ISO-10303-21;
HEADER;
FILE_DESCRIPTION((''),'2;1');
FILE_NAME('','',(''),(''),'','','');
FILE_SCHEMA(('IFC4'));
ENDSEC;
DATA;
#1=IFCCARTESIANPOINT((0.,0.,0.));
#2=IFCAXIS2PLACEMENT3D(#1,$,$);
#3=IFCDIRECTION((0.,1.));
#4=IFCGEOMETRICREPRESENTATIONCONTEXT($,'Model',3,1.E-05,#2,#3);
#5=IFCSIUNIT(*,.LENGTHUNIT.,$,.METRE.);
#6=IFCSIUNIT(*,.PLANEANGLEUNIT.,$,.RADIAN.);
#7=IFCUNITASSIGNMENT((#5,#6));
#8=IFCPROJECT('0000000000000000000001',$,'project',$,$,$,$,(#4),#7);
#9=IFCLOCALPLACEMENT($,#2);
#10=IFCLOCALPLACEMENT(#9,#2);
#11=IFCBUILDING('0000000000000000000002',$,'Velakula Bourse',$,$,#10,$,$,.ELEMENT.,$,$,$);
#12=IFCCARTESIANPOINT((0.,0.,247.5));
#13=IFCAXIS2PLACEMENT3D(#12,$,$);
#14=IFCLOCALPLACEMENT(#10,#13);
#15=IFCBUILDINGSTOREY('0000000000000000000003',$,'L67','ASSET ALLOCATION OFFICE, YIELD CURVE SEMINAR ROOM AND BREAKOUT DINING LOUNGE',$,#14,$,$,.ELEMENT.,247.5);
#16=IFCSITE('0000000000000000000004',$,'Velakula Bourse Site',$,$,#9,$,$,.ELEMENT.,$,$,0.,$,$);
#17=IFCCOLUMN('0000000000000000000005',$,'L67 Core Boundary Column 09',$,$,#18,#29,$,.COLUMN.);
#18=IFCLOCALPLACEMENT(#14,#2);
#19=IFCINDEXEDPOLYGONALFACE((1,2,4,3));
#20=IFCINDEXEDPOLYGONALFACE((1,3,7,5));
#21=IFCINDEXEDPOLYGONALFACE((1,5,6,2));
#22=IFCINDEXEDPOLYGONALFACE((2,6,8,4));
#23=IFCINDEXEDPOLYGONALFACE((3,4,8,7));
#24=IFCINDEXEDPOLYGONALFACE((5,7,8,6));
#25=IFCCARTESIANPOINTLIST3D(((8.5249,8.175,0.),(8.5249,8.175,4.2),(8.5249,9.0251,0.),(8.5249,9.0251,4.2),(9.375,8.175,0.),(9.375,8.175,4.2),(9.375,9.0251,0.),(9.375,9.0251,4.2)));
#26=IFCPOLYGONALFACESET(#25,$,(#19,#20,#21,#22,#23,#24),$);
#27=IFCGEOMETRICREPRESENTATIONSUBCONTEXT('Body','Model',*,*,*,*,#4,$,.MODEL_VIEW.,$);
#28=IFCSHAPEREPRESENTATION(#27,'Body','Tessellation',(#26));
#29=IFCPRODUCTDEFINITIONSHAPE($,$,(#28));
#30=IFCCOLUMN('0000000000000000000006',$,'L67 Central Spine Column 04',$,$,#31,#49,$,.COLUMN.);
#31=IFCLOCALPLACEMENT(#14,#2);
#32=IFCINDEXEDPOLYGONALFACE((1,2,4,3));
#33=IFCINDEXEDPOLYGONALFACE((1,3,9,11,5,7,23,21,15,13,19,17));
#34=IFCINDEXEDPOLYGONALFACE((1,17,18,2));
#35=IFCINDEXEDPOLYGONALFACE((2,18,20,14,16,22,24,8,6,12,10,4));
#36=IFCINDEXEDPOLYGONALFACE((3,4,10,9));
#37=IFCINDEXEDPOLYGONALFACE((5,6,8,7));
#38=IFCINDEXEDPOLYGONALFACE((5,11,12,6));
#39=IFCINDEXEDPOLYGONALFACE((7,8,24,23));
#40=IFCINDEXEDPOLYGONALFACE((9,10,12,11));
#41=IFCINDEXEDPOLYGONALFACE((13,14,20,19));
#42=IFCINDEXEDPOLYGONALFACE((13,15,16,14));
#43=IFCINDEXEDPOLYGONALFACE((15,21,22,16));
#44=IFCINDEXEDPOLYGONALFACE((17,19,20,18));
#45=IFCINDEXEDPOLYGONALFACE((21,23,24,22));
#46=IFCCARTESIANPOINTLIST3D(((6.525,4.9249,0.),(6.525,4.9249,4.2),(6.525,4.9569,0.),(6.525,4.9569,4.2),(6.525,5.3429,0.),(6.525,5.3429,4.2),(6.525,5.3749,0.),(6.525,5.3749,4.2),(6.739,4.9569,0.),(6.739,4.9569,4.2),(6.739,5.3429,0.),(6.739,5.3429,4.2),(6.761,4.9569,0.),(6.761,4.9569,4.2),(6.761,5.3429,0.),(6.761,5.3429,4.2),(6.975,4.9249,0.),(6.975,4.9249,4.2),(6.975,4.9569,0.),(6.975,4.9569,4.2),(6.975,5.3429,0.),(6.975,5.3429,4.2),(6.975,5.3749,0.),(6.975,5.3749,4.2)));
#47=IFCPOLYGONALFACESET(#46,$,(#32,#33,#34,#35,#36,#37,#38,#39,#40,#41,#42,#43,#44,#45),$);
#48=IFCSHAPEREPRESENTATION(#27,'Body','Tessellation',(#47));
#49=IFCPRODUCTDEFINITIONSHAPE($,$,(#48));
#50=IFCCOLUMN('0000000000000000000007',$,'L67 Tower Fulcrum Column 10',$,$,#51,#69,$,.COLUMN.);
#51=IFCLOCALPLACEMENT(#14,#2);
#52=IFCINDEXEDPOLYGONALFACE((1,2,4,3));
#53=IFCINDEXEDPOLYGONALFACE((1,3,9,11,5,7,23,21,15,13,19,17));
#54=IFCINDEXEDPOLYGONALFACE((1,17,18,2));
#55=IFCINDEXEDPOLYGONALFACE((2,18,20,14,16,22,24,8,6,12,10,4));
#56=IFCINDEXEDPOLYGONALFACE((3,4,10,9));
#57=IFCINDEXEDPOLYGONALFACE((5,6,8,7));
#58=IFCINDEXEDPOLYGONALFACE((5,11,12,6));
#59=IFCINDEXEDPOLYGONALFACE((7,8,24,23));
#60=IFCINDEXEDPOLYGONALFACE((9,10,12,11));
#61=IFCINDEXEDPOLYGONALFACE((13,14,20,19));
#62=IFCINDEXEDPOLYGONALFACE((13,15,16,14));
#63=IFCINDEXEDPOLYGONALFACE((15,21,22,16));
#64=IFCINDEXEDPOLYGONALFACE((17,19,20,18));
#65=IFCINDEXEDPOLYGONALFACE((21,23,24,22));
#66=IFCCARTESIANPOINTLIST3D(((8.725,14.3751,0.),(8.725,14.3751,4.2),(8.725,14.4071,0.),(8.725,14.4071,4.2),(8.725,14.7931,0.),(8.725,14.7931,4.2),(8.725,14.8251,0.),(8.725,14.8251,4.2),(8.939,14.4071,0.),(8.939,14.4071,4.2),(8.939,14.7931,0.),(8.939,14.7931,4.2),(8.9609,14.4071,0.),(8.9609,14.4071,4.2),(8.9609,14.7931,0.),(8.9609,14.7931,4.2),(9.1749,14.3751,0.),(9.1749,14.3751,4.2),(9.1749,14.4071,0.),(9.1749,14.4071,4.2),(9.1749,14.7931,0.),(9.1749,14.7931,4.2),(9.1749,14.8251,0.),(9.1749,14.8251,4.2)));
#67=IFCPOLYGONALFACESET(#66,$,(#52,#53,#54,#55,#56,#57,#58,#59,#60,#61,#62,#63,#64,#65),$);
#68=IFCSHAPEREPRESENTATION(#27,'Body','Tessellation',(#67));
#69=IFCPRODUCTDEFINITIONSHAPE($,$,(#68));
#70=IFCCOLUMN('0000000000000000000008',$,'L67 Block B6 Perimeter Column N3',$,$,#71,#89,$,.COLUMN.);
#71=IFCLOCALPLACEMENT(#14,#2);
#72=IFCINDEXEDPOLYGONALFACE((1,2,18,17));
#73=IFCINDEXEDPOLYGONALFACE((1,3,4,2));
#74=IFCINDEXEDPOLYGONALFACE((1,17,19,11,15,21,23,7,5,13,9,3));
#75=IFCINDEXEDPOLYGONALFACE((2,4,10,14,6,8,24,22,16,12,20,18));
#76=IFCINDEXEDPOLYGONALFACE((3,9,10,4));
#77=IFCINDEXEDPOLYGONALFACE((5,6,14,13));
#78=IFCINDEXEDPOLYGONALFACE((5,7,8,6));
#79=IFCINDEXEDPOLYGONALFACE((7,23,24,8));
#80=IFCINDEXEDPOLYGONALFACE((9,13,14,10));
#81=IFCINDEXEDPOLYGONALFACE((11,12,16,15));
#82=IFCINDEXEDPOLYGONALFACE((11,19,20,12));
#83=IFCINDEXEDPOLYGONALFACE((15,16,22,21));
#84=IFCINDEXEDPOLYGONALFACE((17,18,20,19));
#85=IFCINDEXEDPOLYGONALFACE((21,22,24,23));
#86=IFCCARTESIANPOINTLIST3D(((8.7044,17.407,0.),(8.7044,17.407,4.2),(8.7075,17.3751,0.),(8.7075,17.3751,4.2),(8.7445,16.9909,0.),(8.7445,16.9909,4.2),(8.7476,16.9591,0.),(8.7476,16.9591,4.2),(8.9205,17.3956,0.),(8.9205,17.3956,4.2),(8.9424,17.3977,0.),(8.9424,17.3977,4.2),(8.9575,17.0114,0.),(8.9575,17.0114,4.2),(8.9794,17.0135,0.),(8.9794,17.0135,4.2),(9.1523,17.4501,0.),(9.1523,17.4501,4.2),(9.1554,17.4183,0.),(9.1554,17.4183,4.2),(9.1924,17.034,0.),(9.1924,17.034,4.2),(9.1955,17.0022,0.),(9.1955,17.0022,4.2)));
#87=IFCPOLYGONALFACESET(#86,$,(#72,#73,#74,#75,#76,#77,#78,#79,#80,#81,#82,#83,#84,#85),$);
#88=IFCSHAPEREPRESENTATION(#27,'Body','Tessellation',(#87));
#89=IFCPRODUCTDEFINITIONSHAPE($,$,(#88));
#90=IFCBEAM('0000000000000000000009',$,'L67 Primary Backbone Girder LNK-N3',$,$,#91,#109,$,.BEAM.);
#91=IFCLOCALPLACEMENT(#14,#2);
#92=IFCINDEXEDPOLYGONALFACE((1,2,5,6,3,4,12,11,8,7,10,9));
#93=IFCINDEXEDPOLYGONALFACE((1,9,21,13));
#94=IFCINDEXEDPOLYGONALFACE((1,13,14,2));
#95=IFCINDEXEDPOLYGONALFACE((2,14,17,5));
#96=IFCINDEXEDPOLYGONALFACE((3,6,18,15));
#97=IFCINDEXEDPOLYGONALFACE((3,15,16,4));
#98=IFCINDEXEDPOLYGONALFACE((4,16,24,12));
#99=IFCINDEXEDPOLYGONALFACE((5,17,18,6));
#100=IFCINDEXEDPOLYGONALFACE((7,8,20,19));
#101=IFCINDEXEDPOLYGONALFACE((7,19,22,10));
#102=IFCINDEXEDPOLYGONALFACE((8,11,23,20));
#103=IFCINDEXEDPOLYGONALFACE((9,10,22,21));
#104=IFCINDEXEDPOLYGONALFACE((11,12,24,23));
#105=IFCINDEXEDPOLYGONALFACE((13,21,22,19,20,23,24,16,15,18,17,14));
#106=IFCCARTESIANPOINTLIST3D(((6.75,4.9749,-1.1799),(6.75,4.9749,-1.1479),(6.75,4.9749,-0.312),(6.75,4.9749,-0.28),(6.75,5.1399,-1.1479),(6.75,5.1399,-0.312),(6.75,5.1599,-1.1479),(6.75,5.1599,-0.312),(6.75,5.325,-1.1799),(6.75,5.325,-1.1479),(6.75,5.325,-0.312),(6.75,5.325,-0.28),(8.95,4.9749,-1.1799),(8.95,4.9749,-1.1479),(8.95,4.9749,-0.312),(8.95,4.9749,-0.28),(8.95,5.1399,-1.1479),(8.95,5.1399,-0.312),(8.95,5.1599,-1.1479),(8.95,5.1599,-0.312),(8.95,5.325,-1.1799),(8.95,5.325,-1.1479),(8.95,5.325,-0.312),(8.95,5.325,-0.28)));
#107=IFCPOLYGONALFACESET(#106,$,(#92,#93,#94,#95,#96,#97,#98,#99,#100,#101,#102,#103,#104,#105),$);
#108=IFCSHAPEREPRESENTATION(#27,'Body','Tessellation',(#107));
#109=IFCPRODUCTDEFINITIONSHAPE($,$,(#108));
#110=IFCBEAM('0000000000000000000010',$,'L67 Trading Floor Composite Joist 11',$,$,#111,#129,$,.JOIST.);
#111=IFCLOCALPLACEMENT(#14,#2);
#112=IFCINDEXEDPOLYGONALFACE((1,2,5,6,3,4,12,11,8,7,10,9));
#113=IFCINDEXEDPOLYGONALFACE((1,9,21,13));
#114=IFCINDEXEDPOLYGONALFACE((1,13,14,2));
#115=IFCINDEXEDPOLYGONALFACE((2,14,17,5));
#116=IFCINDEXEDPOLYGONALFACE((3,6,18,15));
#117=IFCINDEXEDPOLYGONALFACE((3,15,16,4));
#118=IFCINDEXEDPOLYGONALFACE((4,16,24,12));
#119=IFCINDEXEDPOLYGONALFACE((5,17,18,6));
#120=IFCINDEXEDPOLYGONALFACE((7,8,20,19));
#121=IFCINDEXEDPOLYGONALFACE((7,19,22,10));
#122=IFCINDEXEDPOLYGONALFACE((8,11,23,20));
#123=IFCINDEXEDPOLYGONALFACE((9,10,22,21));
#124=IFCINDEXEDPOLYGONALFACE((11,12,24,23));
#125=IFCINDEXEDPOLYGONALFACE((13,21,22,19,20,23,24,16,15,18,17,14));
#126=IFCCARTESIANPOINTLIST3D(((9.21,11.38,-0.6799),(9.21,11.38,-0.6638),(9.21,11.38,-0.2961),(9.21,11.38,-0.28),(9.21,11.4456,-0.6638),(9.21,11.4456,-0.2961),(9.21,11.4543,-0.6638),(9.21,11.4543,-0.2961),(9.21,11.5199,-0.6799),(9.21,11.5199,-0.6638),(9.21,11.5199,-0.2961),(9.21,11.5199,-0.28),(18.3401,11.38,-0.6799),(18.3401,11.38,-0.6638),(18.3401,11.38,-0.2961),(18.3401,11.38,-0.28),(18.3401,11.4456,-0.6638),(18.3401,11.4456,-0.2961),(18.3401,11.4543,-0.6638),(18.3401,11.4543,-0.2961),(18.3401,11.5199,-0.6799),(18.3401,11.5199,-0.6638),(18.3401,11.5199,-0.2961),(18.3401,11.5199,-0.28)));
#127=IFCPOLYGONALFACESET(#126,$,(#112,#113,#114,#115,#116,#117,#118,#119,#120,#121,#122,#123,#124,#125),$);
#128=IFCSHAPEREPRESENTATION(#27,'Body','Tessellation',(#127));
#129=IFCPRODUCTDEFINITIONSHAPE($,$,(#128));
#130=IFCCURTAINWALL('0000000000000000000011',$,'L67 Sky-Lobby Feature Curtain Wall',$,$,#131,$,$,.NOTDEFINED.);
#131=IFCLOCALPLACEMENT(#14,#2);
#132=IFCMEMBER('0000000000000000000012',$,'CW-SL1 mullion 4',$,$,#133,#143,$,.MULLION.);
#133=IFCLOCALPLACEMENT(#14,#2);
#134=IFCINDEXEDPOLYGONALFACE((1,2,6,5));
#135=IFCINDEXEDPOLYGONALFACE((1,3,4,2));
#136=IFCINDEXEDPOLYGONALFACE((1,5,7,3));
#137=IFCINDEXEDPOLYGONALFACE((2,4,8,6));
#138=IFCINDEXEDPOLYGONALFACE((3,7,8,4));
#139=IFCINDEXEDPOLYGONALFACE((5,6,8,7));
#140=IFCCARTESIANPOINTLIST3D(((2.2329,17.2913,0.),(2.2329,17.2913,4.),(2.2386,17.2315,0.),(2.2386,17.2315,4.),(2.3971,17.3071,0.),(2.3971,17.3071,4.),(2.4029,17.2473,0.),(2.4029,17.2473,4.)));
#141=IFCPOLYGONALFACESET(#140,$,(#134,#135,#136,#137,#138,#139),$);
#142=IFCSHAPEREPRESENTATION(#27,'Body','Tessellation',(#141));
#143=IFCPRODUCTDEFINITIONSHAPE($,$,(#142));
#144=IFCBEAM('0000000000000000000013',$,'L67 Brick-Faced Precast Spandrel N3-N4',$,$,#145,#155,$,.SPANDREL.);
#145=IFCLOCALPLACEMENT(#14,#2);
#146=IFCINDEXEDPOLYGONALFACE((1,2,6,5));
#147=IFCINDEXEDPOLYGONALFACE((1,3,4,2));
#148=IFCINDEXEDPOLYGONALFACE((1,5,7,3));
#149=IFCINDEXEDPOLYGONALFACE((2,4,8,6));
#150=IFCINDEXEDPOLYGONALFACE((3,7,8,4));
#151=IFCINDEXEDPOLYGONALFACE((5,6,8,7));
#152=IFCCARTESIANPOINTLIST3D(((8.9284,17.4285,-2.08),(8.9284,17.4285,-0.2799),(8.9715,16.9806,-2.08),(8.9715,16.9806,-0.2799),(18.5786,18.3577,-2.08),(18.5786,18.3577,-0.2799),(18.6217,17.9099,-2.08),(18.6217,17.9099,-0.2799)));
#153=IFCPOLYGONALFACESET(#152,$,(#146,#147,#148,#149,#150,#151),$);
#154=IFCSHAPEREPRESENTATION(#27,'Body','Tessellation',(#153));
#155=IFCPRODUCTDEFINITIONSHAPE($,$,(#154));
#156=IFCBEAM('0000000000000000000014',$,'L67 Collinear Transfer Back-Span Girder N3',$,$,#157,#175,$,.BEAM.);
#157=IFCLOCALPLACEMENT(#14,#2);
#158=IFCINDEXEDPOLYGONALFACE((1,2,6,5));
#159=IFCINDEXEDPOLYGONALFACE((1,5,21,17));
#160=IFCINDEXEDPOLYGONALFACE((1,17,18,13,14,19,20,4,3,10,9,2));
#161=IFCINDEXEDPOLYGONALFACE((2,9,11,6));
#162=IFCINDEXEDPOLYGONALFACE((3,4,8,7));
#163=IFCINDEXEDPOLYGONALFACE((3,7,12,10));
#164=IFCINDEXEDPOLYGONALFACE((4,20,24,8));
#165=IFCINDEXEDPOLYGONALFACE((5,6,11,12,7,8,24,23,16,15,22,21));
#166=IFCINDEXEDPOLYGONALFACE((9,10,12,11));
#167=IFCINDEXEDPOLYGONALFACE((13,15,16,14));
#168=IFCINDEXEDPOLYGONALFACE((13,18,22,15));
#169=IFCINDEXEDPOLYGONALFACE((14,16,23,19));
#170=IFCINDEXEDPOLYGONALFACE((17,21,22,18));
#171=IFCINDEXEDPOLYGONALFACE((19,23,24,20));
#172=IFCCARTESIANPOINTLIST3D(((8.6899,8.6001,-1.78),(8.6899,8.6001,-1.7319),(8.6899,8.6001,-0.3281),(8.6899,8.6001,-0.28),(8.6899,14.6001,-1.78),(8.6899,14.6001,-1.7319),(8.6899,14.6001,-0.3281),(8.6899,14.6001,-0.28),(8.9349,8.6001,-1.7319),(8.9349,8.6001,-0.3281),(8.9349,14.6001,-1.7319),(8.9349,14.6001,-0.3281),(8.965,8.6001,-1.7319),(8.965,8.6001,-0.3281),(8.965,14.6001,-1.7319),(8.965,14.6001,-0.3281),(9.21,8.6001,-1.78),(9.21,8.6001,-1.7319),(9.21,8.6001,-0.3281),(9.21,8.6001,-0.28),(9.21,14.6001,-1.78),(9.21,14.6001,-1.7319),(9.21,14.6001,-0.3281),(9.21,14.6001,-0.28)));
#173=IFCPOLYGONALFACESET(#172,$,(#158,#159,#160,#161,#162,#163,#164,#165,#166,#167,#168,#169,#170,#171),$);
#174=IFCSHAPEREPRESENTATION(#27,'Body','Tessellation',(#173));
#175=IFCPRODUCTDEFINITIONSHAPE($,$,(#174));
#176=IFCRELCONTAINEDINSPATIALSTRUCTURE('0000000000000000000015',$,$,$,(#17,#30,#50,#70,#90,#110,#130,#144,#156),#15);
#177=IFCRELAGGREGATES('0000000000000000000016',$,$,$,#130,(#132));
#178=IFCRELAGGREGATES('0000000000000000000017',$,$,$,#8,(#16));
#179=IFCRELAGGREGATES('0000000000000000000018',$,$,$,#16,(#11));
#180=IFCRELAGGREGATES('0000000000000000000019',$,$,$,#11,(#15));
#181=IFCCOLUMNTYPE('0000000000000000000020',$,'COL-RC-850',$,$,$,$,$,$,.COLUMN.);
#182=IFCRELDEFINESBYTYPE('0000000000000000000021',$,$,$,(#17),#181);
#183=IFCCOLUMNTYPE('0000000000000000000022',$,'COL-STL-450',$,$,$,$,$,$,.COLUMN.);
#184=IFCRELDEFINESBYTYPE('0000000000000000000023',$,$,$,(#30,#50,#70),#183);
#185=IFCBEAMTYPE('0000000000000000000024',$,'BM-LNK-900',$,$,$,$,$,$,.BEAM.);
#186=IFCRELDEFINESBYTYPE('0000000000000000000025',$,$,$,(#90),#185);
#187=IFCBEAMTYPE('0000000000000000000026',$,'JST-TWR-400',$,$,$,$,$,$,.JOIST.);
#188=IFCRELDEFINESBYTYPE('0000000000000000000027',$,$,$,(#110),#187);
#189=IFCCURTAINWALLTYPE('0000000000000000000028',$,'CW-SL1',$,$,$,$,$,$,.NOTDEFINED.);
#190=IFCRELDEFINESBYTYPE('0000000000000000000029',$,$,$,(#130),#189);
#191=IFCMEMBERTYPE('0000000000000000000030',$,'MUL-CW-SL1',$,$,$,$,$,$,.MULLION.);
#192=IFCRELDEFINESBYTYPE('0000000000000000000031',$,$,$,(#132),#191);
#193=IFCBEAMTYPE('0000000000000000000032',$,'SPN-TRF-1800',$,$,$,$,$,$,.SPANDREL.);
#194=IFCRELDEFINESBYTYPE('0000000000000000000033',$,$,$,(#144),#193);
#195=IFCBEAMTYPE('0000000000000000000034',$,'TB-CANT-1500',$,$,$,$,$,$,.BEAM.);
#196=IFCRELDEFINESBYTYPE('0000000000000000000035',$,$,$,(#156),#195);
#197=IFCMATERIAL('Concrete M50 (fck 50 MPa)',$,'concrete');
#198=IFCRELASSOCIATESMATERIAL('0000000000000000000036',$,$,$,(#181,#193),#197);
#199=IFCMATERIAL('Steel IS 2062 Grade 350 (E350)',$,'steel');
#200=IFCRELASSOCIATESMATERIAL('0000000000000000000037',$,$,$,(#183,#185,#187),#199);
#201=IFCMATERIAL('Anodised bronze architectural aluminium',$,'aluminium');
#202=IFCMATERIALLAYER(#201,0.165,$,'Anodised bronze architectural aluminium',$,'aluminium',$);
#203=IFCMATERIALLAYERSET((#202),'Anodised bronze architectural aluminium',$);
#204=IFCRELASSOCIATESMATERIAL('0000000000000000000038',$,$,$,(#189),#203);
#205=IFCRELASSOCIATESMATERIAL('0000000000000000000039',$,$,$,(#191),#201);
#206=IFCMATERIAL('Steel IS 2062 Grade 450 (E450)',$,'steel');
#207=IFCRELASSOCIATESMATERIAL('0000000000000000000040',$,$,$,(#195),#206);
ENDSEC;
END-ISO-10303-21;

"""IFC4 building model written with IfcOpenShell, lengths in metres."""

from ifc_helpers import new_model, si_unit, direction, frame, origin, origin_2d, place, context, subcontext, project, spatial, rectangle, i_section, extrude, material, layer, layer_set, material_profile, profile_set, type_object, element, aggregate, save


model = new_model("IFC4")

# Units and contexts
model_context = context("Model", 3, precision=1e-05, world=origin(), true_north=direction((0.0, 1.0)))
body_context = subcontext(model_context, "Body", "Model", "MODEL_VIEW")
ifc_project = project(units=[si_unit("LENGTHUNIT", "METRE"), si_unit("PLANEANGLEUNIT", "RADIAN")], contexts=[model_context])

# Site, building, storey
site_placement = place(None, origin())
site = spatial("IfcSite", under=ifc_project, at=site_placement, Name="Velakula Bourse Site", CompositionType="ELEMENT", RefElevation=0.0)
building_placement = place(site_placement, origin())
building = spatial("IfcBuilding", under=site, at=building_placement, Name="Velakula Bourse", CompositionType="ELEMENT")
storey_placement = place(building_placement, frame((0.0, 0.0, 247.5)))
storey = spatial("IfcBuildingStorey", under=building, at=storey_placement, Name="L67", Description="ASSET ALLOCATION OFFICE, YIELD CURVE SEMINAR ROOM AND BREAKOUT DINING LOUNGE", CompositionType="ELEMENT", Elevation=247.5)

# Columns
ifc_material_1 = material(Name="Concrete M50 (fck 50 MPa)", Category="concrete")
ifc_material_profile_1 = material_profile(ifc_material_1, rectangle(XDim=0.8501, YDim=0.8501, at=origin_2d()), Name="Concrete M50 (fck 50 MPa)")
ifc_profile_set_1 = profile_set([ifc_material_profile_1], Name="Concrete M50 (fck 50 MPa)")
column_type_1 = type_object("IfcColumnType", Name="COL-RC-850", PredefinedType="COLUMN", material=ifc_profile_set_1)
column_placement = place(storey_placement, frame((8.95, 8.6001, 0.0), z_axis=(0.0, 0.0, 1.0), x_axis=(1.0, 0.0, 0.0)))
element("IfcColumn", 1, at=column_placement, inside=storey, type_object=column_type_1, Name="L67 Core Boundary Column 09", PredefinedType="COLUMN", context=body_context, shape_type="SweptSolid", body=[
    extrude(rectangle(XDim=0.8501, YDim=0.8501, at=origin_2d()), origin(), (0.0, 0.0, 1.0), 4.2),
])
ifc_material_2 = material(Name="Steel IS 2062 Grade 350 (E350)", Category="steel")
ifc_material_profile_2 = material_profile(ifc_material_2, i_section(OverallWidth=0.45, OverallDepth=0.45, WebThickness=0.022, FlangeThickness=0.032, at=origin_2d()), Name="Steel IS 2062 Grade 350 (E350)")
ifc_profile_set_2 = profile_set([ifc_material_profile_2], Name="Steel IS 2062 Grade 350 (E350)")
column_type_2 = type_object("IfcColumnType", Name="COL-STL-450", PredefinedType="COLUMN", material=ifc_profile_set_2)
for number, where, z_axis, x_axis, name in (
    (2, (6.75, 5.1499, 0.0), (0.0, 0.0, 1.0), (1.0, 0.0, 0.0), "L67 Central Spine Column 04"),
    (3, (8.95, 14.6001, 0.0), (0.0, 0.0, 1.0), (1.0, 0.0, 0.0), "L67 Tower Fulcrum Column 10"),
    (4, (8.95, 17.2046, 0.0), (0.0, 0.0, 1.0), (0.995396, 0.095846, 0.0), "L67 Block B6 Perimeter Column N3"),
):
    element("IfcColumn", number, at=place(storey_placement, frame(where, z_axis=z_axis, x_axis=x_axis)), inside=storey, type_object=column_type_2, Name=name, PredefinedType="COLUMN", context=body_context, shape_type="SweptSolid", body=[
        extrude(i_section(OverallWidth=0.45, OverallDepth=0.45, WebThickness=0.022, FlangeThickness=0.032, at=origin_2d()), origin(), (0.0, 0.0, 1.0), 4.2),
    ])

# Beams
ifc_material_profile_3 = material_profile(ifc_material_2, i_section(OverallWidth=0.3501, OverallDepth=0.8999, WebThickness=0.02, FlangeThickness=0.032, at=origin_2d()), Name="Steel IS 2062 Grade 350 (E350)")
ifc_profile_set_3 = profile_set([ifc_material_profile_3], Name="Steel IS 2062 Grade 350 (E350)")
beam_type_1 = type_object("IfcBeamType", Name="BM-LNK-900", PredefinedType="BEAM", material=ifc_profile_set_3)
beam_1_placement = place(storey_placement, frame((6.75, 5.1499, -0.73), z_axis=(1.0, 0.0, 0.0), x_axis=(0.0, 1.0, 0.0)))
element("IfcBeam", 5, at=beam_1_placement, inside=storey, type_object=beam_type_1, Name="L67 Primary Backbone Girder LNK-N3", PredefinedType="BEAM", context=body_context, shape_type="SweptSolid", body=[
    extrude(i_section(OverallWidth=0.3501, OverallDepth=0.8999, WebThickness=0.02, FlangeThickness=0.032, at=origin_2d()), origin(), (0.0, 0.0, 1.0), 2.2),
])
ifc_material_profile_4 = material_profile(ifc_material_2, i_section(OverallWidth=0.1399, OverallDepth=0.3999, WebThickness=0.0088, FlangeThickness=0.0161, at=origin_2d()), Name="Steel IS 2062 Grade 350 (E350)")
ifc_profile_set_4 = profile_set([ifc_material_profile_4], Name="Steel IS 2062 Grade 350 (E350)")
beam_type_2 = type_object("IfcBeamType", Name="JST-TWR-400", PredefinedType="JOIST", material=ifc_profile_set_4)
beam_2_placement = place(storey_placement, frame((9.21, 11.45, -0.48), z_axis=(1.0, 0.0, 0.0), x_axis=(0.0, 1.0, 0.0)))
element("IfcBeam", 6, at=beam_2_placement, inside=storey, type_object=beam_type_2, Name="L67 Trading Floor Composite Joist 11", PredefinedType="JOIST", context=body_context, shape_type="SweptSolid", body=[
    extrude(i_section(OverallWidth=0.1399, OverallDepth=0.3999, WebThickness=0.0088, FlangeThickness=0.0161, at=origin_2d()), origin(), (0.0, 0.0, 1.0), 9.1301),
])

# Curtain wall, member
ifc_material_3 = material(Name="Anodised bronze architectural aluminium", Category="aluminium")
ifc_layer_1 = layer(ifc_material_3, 0.165, Name="Anodised bronze architectural aluminium", Category="aluminium")
ifc_layer_set_1 = layer_set([ifc_layer_1], Name="Anodised bronze architectural aluminium")
curtain_wall_type = type_object("IfcCurtainWallType", Name="CW-SL1", PredefinedType="NOTDEFINED", material=ifc_layer_set_1)
curtain_wall_placement = place(storey_placement, origin())
curtain_wall = element("IfcCurtainWall", 7, at=curtain_wall_placement, inside=storey, type_object=curtain_wall_type, Name="L67 Sky-Lobby Feature Curtain Wall", PredefinedType="NOTDEFINED")
ifc_material_profile_5 = material_profile(ifc_material_3, rectangle(XDim=0.0601, YDim=0.165, at=origin_2d()), Name="Anodised bronze architectural aluminium")
ifc_profile_set_5 = profile_set([ifc_material_profile_5], Name="Anodised bronze architectural aluminium")
member_type_1 = type_object("IfcMemberType", Name="MUL-CW-SL1", PredefinedType="MULLION", material=ifc_profile_set_5)
member_1_placement = place(storey_placement, frame((2.3179, 17.2693, 0.0), z_axis=(0.0, 0.0, 1.0), x_axis=(-0.095844, 0.995396, 0.0)))
member_1 = element("IfcMember", 8, at=member_1_placement, type_object=member_type_1, Name="CW-SL1 mullion 4", PredefinedType="MULLION", context=body_context, shape_type="SweptSolid", body=[
    extrude(rectangle(XDim=0.0601, YDim=0.165, at=origin_2d()), origin(), (0.0, 0.0, 1.0), 4.0),
])

# Beams
ifc_material_profile_6 = material_profile(ifc_material_1, rectangle(XDim=0.45, YDim=1.8, at=origin_2d()), Name="Concrete M50 (fck 50 MPa)")
ifc_profile_set_6 = profile_set([ifc_material_profile_6], Name="Concrete M50 (fck 50 MPa)")
beam_type_3 = type_object("IfcBeamType", Name="SPN-TRF-1800", PredefinedType="SPANDREL", material=ifc_profile_set_6)
beam_3_placement = place(storey_placement, frame((8.95, 17.2046, -1.1799), z_axis=(0.995396, 0.095845, 0.0), x_axis=(-0.095845, 0.995396, 0.0)))
element("IfcBeam", 9, at=beam_3_placement, inside=storey, type_object=beam_type_3, Name="L67 Brick-Faced Precast Spandrel N3-N4", PredefinedType="SPANDREL", context=body_context, shape_type="SweptSolid", body=[
    extrude(rectangle(XDim=0.45, YDim=1.8, at=origin_2d()), origin(), (0.0, 0.0, 1.0), 9.6948),
])
ifc_material_4 = material(Name="Steel IS 2062 Grade 450 (E450)", Category="steel")
ifc_material_profile_7 = material_profile(ifc_material_4, i_section(OverallWidth=0.52, OverallDepth=1.5, WebThickness=0.03, FlangeThickness=0.0481, at=origin_2d()), Name="Steel IS 2062 Grade 450 (E450)")
ifc_profile_set_7 = profile_set([ifc_material_profile_7], Name="Steel IS 2062 Grade 450 (E450)")
beam_type_4 = type_object("IfcBeamType", Name="TB-CANT-1500", PredefinedType="BEAM", material=ifc_profile_set_7)
beam_4_placement = place(storey_placement, frame((8.95, 8.6001, -1.03), z_axis=(0.0, 1.0, 0.0), x_axis=(-1.0, 0.0, 0.0)))
element("IfcBeam", 10, at=beam_4_placement, inside=storey, type_object=beam_type_4, Name="L67 Collinear Transfer Back-Span Girder N3", PredefinedType="BEAM", context=body_context, shape_type="SweptSolid", body=[
    extrude(i_section(OverallWidth=0.52, OverallDepth=1.5, WebThickness=0.03, FlangeThickness=0.0481, at=origin_2d()), origin(), (0.0, 0.0, 1.0), 6.0),
])

aggregate(curtain_wall, [member_1])

save(model, "model.ifc")
